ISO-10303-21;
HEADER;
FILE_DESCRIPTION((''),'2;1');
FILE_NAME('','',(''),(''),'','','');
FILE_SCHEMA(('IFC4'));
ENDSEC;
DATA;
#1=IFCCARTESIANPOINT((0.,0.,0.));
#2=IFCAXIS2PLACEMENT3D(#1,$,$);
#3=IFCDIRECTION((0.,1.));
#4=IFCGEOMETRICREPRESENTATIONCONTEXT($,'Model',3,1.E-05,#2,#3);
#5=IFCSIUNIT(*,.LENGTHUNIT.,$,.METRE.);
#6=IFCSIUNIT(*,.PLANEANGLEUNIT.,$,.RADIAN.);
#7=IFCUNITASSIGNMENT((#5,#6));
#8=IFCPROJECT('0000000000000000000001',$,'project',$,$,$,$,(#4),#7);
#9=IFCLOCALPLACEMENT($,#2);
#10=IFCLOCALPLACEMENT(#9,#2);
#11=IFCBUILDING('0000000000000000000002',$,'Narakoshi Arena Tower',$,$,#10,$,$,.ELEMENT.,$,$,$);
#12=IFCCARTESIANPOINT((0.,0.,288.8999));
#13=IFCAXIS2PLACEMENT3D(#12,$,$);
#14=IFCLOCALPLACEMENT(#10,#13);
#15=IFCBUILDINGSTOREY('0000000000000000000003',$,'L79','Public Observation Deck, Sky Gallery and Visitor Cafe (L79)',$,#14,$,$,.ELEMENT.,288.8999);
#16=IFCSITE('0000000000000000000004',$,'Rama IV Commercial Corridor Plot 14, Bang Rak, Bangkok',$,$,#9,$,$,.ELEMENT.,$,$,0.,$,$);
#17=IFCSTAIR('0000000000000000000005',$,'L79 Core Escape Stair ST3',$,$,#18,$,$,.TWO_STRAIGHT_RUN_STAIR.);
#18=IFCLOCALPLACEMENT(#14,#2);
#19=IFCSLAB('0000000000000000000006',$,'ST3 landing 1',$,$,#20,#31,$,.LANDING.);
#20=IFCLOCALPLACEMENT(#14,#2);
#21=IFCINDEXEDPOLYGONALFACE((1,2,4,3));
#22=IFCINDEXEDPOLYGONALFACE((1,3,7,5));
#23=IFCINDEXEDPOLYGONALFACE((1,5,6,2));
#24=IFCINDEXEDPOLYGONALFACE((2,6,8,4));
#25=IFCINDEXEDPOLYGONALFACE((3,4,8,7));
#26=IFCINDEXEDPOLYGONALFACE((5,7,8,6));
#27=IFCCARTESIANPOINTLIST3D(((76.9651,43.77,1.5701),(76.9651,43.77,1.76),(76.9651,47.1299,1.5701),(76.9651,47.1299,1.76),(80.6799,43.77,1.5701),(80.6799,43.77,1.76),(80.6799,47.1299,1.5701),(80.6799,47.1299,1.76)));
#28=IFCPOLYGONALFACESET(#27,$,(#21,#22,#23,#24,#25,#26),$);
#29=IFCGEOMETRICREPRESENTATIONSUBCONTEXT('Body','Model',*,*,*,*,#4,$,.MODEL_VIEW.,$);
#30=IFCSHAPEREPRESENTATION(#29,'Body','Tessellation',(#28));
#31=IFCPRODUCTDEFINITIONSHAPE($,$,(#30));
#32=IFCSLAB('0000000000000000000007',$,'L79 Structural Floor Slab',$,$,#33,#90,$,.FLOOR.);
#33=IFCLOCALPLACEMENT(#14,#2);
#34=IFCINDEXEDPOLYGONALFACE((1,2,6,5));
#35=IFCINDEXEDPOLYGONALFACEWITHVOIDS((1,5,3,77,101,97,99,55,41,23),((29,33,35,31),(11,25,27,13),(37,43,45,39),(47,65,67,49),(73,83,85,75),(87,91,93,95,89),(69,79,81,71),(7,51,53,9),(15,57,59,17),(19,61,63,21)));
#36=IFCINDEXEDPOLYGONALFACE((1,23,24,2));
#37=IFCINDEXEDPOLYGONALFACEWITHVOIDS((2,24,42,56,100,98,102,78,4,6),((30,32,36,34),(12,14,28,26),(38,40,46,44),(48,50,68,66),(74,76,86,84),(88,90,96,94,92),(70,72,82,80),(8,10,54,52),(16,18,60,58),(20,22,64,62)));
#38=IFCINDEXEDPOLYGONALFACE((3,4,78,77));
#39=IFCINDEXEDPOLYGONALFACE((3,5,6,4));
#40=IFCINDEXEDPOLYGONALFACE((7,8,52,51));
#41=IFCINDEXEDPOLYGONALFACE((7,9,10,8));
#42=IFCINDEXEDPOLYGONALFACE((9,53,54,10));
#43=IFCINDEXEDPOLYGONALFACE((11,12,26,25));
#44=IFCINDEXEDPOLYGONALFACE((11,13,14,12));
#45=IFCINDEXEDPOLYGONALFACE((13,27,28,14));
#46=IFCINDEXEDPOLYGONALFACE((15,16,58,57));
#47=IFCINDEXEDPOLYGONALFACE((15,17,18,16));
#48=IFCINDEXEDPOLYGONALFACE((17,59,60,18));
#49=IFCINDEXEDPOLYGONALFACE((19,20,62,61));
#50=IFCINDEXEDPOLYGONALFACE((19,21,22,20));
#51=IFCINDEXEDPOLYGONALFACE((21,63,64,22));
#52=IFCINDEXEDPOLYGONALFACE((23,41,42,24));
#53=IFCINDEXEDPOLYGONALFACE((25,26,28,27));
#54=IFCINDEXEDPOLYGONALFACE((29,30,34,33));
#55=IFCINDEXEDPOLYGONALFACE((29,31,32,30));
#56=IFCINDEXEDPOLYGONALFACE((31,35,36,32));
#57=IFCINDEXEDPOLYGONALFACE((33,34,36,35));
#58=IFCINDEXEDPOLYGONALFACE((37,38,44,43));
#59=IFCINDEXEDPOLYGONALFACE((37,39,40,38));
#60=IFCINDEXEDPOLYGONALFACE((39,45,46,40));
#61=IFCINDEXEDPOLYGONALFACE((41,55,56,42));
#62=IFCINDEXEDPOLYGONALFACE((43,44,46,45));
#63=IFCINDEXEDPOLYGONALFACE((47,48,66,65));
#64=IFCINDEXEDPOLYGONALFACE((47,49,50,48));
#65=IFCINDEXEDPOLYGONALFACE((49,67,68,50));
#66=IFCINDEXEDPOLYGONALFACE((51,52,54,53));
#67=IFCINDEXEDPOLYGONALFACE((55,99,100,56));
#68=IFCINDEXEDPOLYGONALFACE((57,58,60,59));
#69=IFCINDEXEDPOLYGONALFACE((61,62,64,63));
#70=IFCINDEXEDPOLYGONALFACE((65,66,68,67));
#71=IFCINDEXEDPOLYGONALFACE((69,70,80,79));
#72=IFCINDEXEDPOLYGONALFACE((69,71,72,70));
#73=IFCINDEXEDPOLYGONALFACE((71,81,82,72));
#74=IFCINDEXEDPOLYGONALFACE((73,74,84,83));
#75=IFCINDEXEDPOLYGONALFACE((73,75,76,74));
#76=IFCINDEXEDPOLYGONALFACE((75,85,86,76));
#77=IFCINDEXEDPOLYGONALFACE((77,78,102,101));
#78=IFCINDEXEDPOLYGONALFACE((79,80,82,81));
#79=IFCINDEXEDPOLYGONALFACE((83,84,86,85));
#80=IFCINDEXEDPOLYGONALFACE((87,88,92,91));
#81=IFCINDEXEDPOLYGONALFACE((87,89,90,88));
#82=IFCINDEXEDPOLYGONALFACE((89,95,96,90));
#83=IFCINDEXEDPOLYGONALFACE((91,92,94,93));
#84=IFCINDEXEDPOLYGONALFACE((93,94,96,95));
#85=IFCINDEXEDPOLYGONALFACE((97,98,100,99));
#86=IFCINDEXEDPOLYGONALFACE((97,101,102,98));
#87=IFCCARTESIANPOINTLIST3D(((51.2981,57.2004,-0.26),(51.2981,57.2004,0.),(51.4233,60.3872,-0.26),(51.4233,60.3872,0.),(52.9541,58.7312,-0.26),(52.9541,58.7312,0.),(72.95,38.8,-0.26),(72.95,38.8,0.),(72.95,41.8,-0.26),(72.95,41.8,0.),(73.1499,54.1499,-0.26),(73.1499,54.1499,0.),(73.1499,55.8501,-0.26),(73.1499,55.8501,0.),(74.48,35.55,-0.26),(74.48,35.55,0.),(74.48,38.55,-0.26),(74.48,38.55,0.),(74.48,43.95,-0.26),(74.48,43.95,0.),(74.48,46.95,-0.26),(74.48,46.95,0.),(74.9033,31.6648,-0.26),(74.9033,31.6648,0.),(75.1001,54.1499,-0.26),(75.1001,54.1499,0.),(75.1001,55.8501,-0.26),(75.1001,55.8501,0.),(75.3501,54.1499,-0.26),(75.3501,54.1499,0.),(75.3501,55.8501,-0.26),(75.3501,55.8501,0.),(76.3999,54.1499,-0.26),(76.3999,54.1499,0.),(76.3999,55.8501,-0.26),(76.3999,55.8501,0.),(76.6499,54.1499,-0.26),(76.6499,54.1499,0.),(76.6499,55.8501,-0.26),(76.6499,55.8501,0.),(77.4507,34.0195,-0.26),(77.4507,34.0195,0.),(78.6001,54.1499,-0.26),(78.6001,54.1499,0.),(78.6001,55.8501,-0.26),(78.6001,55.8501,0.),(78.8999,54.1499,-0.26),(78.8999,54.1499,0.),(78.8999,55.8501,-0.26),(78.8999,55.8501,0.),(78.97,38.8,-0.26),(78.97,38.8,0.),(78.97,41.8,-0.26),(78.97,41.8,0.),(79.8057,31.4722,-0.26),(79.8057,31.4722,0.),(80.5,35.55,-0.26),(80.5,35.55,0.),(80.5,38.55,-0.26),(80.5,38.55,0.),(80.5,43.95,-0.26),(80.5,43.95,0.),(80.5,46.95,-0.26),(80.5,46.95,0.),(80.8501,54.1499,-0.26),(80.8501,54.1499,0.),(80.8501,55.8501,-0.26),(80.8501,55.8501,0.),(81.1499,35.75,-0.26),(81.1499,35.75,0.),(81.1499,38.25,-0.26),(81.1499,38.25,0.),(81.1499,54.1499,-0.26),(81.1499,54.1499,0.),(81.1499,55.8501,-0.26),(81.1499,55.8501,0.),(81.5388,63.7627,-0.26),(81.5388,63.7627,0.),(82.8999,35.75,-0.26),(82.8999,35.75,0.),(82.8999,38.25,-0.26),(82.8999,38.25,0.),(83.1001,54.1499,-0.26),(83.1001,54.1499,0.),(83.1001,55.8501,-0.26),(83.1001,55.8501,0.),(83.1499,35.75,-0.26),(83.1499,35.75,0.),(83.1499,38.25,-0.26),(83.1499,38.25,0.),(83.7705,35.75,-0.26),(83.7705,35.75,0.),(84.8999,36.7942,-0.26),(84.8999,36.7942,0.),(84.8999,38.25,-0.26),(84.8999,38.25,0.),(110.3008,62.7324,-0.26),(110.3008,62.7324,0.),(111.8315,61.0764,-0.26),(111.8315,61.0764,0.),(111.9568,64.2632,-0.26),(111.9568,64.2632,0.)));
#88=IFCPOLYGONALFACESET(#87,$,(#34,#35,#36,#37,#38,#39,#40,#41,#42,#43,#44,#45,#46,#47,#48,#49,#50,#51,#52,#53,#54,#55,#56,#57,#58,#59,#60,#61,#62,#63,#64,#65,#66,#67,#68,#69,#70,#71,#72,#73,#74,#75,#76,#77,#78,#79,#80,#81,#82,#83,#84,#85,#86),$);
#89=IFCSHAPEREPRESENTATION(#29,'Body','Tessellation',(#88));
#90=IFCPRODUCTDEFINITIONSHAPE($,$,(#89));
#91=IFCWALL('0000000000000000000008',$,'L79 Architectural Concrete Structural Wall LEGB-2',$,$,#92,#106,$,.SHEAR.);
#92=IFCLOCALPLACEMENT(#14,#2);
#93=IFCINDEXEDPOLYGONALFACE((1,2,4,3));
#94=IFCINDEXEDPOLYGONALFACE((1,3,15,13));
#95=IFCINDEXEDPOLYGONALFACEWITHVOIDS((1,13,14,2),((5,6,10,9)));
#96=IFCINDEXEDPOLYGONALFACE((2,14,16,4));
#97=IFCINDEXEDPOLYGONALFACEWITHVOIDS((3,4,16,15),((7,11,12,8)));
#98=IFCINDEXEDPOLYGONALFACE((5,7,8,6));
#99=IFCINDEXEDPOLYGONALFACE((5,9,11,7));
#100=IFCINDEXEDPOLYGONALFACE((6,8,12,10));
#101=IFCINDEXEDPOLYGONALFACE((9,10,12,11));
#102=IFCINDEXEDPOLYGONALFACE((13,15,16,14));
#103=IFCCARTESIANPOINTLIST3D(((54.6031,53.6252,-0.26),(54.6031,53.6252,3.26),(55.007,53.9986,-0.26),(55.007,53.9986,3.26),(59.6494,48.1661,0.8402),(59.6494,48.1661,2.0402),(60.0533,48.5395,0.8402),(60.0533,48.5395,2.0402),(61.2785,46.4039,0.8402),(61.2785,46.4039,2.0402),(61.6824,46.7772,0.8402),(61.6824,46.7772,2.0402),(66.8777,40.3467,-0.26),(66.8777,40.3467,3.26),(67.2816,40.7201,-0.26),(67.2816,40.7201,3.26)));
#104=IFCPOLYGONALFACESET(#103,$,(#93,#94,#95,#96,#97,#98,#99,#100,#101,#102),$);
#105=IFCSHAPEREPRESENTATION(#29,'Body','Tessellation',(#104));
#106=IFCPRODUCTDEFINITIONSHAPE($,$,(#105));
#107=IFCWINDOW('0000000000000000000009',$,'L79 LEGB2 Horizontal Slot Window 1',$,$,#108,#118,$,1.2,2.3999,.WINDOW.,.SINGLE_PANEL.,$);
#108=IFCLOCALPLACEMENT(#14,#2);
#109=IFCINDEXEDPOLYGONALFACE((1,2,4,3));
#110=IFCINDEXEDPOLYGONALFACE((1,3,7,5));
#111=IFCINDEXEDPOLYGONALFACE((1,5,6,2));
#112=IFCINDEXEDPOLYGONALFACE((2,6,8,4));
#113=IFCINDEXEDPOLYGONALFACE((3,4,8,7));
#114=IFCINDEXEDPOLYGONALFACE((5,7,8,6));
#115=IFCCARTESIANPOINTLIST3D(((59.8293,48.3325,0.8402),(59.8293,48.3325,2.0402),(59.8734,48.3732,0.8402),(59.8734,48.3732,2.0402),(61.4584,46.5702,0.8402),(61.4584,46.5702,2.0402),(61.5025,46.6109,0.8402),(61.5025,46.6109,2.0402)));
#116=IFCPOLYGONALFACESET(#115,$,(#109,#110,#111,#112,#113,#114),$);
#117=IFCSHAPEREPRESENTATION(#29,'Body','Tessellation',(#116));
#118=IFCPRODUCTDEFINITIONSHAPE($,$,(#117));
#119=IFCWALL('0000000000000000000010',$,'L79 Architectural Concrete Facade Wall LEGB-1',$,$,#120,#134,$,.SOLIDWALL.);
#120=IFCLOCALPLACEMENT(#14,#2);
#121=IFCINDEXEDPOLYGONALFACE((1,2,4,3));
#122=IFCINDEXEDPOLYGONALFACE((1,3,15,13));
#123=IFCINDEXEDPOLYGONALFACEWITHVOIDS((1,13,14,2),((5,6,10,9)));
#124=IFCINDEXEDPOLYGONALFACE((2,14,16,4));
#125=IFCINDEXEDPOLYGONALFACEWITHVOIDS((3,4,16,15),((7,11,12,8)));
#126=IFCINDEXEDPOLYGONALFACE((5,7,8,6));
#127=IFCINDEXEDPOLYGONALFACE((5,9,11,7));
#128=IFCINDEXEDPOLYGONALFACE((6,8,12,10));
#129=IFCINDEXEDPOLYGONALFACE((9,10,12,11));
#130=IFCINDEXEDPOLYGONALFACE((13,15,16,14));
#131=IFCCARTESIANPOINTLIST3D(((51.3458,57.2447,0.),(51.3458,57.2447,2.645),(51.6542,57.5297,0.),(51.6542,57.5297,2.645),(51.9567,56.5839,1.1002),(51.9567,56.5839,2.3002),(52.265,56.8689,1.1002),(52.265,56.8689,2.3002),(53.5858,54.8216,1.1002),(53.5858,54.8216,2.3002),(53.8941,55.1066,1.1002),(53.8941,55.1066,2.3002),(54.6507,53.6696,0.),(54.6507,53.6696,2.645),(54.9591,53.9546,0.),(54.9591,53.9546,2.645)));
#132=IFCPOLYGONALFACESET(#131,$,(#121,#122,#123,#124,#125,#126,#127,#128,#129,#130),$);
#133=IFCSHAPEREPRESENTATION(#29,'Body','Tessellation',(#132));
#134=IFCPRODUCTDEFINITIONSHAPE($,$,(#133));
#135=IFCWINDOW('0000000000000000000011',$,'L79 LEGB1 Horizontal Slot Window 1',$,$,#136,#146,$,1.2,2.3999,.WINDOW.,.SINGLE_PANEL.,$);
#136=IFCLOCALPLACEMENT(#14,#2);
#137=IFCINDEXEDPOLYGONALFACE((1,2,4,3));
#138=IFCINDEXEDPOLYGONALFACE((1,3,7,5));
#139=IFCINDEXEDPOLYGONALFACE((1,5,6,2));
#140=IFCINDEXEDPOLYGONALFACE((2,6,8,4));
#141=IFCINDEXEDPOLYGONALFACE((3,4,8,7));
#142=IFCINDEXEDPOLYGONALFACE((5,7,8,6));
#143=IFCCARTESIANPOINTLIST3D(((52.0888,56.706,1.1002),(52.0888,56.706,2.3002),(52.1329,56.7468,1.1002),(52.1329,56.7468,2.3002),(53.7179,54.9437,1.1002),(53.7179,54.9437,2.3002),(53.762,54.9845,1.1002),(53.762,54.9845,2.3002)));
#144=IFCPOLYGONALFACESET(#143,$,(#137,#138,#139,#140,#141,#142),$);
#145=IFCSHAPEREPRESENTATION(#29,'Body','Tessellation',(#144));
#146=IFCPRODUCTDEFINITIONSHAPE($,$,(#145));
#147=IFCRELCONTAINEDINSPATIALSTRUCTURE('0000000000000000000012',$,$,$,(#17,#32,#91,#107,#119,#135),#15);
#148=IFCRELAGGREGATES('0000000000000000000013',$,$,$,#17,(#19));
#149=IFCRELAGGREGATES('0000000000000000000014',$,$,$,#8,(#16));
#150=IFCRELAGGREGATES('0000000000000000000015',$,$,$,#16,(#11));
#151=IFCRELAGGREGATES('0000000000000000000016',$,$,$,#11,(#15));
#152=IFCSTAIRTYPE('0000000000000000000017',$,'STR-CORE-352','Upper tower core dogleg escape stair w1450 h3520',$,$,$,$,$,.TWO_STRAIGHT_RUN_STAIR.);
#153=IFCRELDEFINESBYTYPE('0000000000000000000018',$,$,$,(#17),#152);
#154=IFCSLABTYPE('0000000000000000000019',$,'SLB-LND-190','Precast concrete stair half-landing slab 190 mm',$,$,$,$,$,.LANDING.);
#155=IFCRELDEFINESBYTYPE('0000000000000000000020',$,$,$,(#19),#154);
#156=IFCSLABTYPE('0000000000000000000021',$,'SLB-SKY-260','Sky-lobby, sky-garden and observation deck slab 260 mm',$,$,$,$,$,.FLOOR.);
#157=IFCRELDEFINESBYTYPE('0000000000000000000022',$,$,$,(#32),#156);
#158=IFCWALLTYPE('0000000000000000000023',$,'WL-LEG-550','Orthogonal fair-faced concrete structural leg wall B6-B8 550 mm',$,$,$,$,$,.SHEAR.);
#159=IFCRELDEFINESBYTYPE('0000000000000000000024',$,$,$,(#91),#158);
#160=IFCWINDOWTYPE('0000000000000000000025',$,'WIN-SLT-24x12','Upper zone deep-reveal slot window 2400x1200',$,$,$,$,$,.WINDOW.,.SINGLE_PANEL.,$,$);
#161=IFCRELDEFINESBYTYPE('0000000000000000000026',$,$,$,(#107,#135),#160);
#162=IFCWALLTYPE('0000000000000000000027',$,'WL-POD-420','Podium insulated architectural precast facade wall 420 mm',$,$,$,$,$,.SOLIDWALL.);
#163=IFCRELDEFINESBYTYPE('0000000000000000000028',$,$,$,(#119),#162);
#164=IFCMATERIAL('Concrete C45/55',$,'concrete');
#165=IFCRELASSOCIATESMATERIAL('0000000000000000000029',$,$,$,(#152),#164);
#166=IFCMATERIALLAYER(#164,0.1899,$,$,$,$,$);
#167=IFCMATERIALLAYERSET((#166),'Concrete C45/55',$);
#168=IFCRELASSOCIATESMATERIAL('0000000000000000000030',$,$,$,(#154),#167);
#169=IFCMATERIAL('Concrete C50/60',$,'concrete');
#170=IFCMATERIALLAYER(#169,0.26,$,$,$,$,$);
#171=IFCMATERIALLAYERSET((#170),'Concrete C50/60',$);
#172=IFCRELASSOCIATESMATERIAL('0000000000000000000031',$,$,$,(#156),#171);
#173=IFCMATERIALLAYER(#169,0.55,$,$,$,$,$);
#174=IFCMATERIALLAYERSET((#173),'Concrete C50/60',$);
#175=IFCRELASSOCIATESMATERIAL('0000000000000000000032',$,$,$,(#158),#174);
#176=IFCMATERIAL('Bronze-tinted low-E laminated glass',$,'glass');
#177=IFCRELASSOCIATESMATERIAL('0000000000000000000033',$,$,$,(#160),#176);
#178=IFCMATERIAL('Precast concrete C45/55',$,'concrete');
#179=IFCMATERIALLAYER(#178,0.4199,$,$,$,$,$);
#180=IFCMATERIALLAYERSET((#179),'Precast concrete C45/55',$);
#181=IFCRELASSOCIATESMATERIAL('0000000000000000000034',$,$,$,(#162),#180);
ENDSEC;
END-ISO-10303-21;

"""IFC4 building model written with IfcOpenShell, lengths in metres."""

from ifc_helpers import new_model, si_unit, direction, frame, frame_2d, origin, place, context, subcontext, project, spatial, polyline, rectangle, outline, extrude, material, layer, layer_set, type_object, element, fill, aggregate, save


model = new_model("IFC4")

# Units and contexts
model_context = context("Model", 3, precision=1e-05, world=origin(), true_north=direction((0.0, 1.0)))
body_context = subcontext(model_context, "Body", "Model", "MODEL_VIEW")
ifc_project = project(units=[si_unit("LENGTHUNIT", "METRE"), si_unit("PLANEANGLEUNIT", "RADIAN")], contexts=[model_context])

# Site, building, storey
site_placement = place(None, origin())
site = spatial("IfcSite", under=ifc_project, at=site_placement, Name="Rama IV Commercial Corridor Plot 14, Bang Rak, Bangkok", CompositionType="ELEMENT", RefElevation=0.0)
building_placement = place(site_placement, origin())
building = spatial("IfcBuilding", under=site, at=building_placement, Name="Narakoshi Arena Tower", CompositionType="ELEMENT")
storey_placement = place(building_placement, frame((0.0, 0.0, 288.8999)))
storey = spatial("IfcBuildingStorey", under=building, at=storey_placement, Name="L79", Description="Public Observation Deck, Sky Gallery and Visitor Cafe (L79)", CompositionType="ELEMENT", Elevation=288.8999)

# Stair, slab
ifc_material_1 = material(Name="Concrete C45/55", Category="concrete")
stair_type = type_object("IfcStairType", Name="STR-CORE-352", Description="Upper tower core dogleg escape stair w1450 h3520", PredefinedType="TWO_STRAIGHT_RUN_STAIR", material=ifc_material_1)
ifc_layer_1 = layer(ifc_material_1, 0.1899)
ifc_layer_set_1 = layer_set([ifc_layer_1], Name="Concrete C45/55")
slab_type_1 = type_object("IfcSlabType", Name="SLB-LND-190", Description="Precast concrete stair half-landing slab 190 mm", PredefinedType="LANDING", material=ifc_layer_set_1)
stair_1_placement = place(storey_placement, origin())
stair_1 = element("IfcStair", 1, at=stair_1_placement, inside=storey, type_object=stair_type, Name="L79 Core Escape Stair ST3", PredefinedType="TWO_STRAIGHT_RUN_STAIR")
slab_1_placement = place(storey_placement, frame((0.0, 0.0, 1.5701)))
slab_1 = element("IfcSlab", 2, at=slab_1_placement, type_object=slab_type_1, Name="ST3 landing 1", PredefinedType="LANDING", context=body_context, shape_type="SweptSolid", body=[
    extrude(outline(polyline([(76.9651, 43.77), (80.6799, 43.77), (80.6799, 47.1299), (76.9651, 47.1299), (76.9651, 43.77)])), origin(), (0.0, 0.0, 1.0), 0.1899),
])
aggregate(stair_1, [slab_1])

# Slab
ifc_material_2 = material(Name="Concrete C50/60", Category="concrete")
ifc_layer_2 = layer(ifc_material_2, 0.26)
ifc_layer_set_2 = layer_set([ifc_layer_2], Name="Concrete C50/60")
slab_type_2 = type_object("IfcSlabType", Name="SLB-SKY-260", Description="Sky-lobby, sky-garden and observation deck slab 260 mm", PredefinedType="FLOOR", material=ifc_layer_set_2)
slab_2_placement = place(storey_placement, frame((0.0, 0.0, -0.26)))
element("IfcSlab", 3, at=slab_2_placement, inside=storey, type_object=slab_type_2, Name="L79 Structural Floor Slab", PredefinedType="FLOOR", context=body_context, shape_type="SweptSolid", body=[
    extrude(outline(polyline([(79.8057, 31.4722), (111.8315, 61.0764), (110.3008, 62.7324), (111.9568, 64.2632), (81.5388, 63.7627), (51.4233, 60.3872), (52.9541, 58.7312), (51.2981, 57.2004), (74.9033, 31.6648), (77.4507, 34.0195), (79.8057, 31.4722)]), holes=[polyline([(80.5, 35.55), (74.48, 35.55), (74.48, 38.55), (80.5, 38.55), (80.5, 35.55)]), polyline([(82.8999, 35.75), (81.1499, 35.75), (81.1499, 38.25), (82.8999, 38.25), (82.8999, 35.75)]), polyline([(84.8999, 36.7942), (83.7705, 35.75), (83.1499, 35.75), (83.1499, 38.25), (84.8999, 38.25), (84.8999, 36.7942)]), polyline([(72.95, 38.8), (72.95, 41.8), (78.97, 41.8), (78.97, 38.8), (72.95, 38.8)]), polyline([(74.48, 43.95), (74.48, 46.95), (80.5, 46.95), (80.5, 43.95), (74.48, 43.95)]), polyline([(75.1001, 54.1499), (73.1499, 54.1499), (73.1499, 55.8501), (75.1001, 55.8501), (75.1001, 54.1499)]), polyline([(76.3999, 54.1499), (75.3501, 54.1499), (75.3501, 55.8501), (76.3999, 55.8501), (76.3999, 54.1499)]), polyline([(78.6001, 54.1499), (76.6499, 54.1499), (76.6499, 55.8501), (78.6001, 55.8501), (78.6001, 54.1499)]), polyline([(78.8999, 54.1499), (78.8999, 55.8501), (80.8501, 55.8501), (80.8501, 54.1499), (78.8999, 54.1499)]), polyline([(81.1499, 54.1499), (81.1499, 55.8501), (83.1001, 55.8501), (83.1001, 54.1499), (81.1499, 54.1499)])]), origin(), (0.0, 0.0, 1.0), 0.26),
])

# Walls, openings, windows
ifc_layer_3 = layer(ifc_material_2, 0.55)
ifc_layer_set_3 = layer_set([ifc_layer_3], Name="Concrete C50/60")
wall_type_1 = type_object("IfcWallType", Name="WL-LEG-550", Description="Orthogonal fair-faced concrete structural leg wall B6-B8 550 mm", PredefinedType="SHEAR", material=ifc_layer_set_3)
wall_1_placement = place(storey_placement, frame((54.8049, 53.812, -0.26), z_axis=(0.0, 0.0, 1.0), x_axis=(0.678803, -0.73432, 0.0)))
wall_1 = element("IfcWall", 4, at=wall_1_placement, inside=storey, type_object=wall_type_1, Name="L79 Architectural Concrete Structural Wall LEGB-2", PredefinedType="SHEAR", context=body_context, shape_type="SweptSolid", body=[
    extrude(rectangle(XDim=18.0828, YDim=0.55, at=frame_2d((9.0415, 0.0))), origin(), (0.0, 0.0, 1.0), 3.52),
])
opening_1_placement = place(wall_1_placement, frame((7.4343, 0.0, 1.1001)))
opening_1 = element("IfcOpeningElement", 5, at=opening_1_placement, cuts=wall_1, PredefinedType="OPENING", context=body_context, shape_type="SweptSolid", body=[
    extrude(rectangle(XDim=2.3999, YDim=1.2, at=frame_2d((1.2, 0.6001))), frame((0.0, 0.2849, 0.0), z_axis=(0.0, -1.0, 0.0), x_axis=(1.0, 0.0, 0.0)), (0.0, 0.0, 1.0), 0.5701),
])
ifc_material_3 = material(Name="Bronze-tinted low-E laminated glass", Category="glass")
window_type_1 = type_object("IfcWindowType", Name="WIN-SLT-24x12", Description="Upper zone deep-reveal slot window 2400x1200", PartitioningType="SINGLE_PANEL", PredefinedType="WINDOW", material=ifc_material_3)
window_1_placement = place(opening_1_placement, origin())
window_1 = element("IfcWindow", 6, at=window_1_placement, inside=storey, type_object=window_type_1, Name="L79 LEGB2 Horizontal Slot Window 1", OverallHeight=1.2, OverallWidth=2.3999, PartitioningType="SINGLE_PANEL", PredefinedType="WINDOW", context=body_context, shape_type="SweptSolid", body=[
    extrude(rectangle(XDim=2.3999, YDim=1.2, at=frame_2d((1.2, 0.6001))), frame((0.0, 0.03, 0.0), z_axis=(0.0, -1.0, 0.0), x_axis=(1.0, 0.0, 0.0)), (0.0, 0.0, 1.0), 0.0601),
])
fill(opening_1, window_1)
ifc_material_4 = material(Name="Precast concrete C45/55", Category="concrete")
ifc_layer_4 = layer(ifc_material_4, 0.4199)
ifc_layer_set_4 = layer_set([ifc_layer_4], Name="Precast concrete C45/55")
wall_type_2 = type_object("IfcWallType", Name="WL-POD-420", Description="Podium insulated architectural precast facade wall 420 mm", PredefinedType="SOLIDWALL", material=ifc_layer_set_4)
wall_2_placement = place(storey_placement, frame((51.5, 57.3872, 0.0), z_axis=(0.0, 0.0, 1.0), x_axis=(0.678807, -0.734317, 0.0)))
wall_2 = element("IfcWall", 7, at=wall_2_placement, inside=storey, type_object=wall_type_2, Name="L79 Architectural Concrete Facade Wall LEGB-1", PredefinedType="SOLIDWALL", context=body_context, shape_type="SweptSolid", body=[
    extrude(rectangle(XDim=4.8687, YDim=0.4199, at=frame_2d((2.4343, 0.0))), origin(), (0.0, 0.0, 1.0), 2.645),
])
opening_2_placement = place(wall_2_placement, frame((0.8999, 0.0, 1.1001)))
opening_2 = element("IfcOpeningElement", 8, at=opening_2_placement, cuts=wall_2, PredefinedType="OPENING", context=body_context, shape_type="SweptSolid", body=[
    extrude(rectangle(XDim=2.3999, YDim=1.2, at=frame_2d((1.2, 0.6001))), frame((0.0, 0.22, 0.0), z_axis=(0.0, -1.0, 0.0), x_axis=(1.0, 0.0, 0.0)), (0.0, 0.0, 1.0), 0.4399),
])
window_2_placement = place(opening_2_placement, origin())
window_2 = element("IfcWindow", 9, at=window_2_placement, inside=storey, type_object=window_type_1, Name="L79 LEGB1 Horizontal Slot Window 1", OverallHeight=1.2, OverallWidth=2.3999, PartitioningType="SINGLE_PANEL", PredefinedType="WINDOW", context=body_context, shape_type="SweptSolid", body=[
    extrude(rectangle(XDim=2.3999, YDim=1.2, at=frame_2d((1.2, 0.6001))), frame((0.0, 0.03, 0.0), z_axis=(0.0, -1.0, 0.0), x_axis=(1.0, 0.0, 0.0)), (0.0, 0.0, 1.0), 0.0601),
])
fill(opening_2, window_2)

save(model, "model.ifc")
